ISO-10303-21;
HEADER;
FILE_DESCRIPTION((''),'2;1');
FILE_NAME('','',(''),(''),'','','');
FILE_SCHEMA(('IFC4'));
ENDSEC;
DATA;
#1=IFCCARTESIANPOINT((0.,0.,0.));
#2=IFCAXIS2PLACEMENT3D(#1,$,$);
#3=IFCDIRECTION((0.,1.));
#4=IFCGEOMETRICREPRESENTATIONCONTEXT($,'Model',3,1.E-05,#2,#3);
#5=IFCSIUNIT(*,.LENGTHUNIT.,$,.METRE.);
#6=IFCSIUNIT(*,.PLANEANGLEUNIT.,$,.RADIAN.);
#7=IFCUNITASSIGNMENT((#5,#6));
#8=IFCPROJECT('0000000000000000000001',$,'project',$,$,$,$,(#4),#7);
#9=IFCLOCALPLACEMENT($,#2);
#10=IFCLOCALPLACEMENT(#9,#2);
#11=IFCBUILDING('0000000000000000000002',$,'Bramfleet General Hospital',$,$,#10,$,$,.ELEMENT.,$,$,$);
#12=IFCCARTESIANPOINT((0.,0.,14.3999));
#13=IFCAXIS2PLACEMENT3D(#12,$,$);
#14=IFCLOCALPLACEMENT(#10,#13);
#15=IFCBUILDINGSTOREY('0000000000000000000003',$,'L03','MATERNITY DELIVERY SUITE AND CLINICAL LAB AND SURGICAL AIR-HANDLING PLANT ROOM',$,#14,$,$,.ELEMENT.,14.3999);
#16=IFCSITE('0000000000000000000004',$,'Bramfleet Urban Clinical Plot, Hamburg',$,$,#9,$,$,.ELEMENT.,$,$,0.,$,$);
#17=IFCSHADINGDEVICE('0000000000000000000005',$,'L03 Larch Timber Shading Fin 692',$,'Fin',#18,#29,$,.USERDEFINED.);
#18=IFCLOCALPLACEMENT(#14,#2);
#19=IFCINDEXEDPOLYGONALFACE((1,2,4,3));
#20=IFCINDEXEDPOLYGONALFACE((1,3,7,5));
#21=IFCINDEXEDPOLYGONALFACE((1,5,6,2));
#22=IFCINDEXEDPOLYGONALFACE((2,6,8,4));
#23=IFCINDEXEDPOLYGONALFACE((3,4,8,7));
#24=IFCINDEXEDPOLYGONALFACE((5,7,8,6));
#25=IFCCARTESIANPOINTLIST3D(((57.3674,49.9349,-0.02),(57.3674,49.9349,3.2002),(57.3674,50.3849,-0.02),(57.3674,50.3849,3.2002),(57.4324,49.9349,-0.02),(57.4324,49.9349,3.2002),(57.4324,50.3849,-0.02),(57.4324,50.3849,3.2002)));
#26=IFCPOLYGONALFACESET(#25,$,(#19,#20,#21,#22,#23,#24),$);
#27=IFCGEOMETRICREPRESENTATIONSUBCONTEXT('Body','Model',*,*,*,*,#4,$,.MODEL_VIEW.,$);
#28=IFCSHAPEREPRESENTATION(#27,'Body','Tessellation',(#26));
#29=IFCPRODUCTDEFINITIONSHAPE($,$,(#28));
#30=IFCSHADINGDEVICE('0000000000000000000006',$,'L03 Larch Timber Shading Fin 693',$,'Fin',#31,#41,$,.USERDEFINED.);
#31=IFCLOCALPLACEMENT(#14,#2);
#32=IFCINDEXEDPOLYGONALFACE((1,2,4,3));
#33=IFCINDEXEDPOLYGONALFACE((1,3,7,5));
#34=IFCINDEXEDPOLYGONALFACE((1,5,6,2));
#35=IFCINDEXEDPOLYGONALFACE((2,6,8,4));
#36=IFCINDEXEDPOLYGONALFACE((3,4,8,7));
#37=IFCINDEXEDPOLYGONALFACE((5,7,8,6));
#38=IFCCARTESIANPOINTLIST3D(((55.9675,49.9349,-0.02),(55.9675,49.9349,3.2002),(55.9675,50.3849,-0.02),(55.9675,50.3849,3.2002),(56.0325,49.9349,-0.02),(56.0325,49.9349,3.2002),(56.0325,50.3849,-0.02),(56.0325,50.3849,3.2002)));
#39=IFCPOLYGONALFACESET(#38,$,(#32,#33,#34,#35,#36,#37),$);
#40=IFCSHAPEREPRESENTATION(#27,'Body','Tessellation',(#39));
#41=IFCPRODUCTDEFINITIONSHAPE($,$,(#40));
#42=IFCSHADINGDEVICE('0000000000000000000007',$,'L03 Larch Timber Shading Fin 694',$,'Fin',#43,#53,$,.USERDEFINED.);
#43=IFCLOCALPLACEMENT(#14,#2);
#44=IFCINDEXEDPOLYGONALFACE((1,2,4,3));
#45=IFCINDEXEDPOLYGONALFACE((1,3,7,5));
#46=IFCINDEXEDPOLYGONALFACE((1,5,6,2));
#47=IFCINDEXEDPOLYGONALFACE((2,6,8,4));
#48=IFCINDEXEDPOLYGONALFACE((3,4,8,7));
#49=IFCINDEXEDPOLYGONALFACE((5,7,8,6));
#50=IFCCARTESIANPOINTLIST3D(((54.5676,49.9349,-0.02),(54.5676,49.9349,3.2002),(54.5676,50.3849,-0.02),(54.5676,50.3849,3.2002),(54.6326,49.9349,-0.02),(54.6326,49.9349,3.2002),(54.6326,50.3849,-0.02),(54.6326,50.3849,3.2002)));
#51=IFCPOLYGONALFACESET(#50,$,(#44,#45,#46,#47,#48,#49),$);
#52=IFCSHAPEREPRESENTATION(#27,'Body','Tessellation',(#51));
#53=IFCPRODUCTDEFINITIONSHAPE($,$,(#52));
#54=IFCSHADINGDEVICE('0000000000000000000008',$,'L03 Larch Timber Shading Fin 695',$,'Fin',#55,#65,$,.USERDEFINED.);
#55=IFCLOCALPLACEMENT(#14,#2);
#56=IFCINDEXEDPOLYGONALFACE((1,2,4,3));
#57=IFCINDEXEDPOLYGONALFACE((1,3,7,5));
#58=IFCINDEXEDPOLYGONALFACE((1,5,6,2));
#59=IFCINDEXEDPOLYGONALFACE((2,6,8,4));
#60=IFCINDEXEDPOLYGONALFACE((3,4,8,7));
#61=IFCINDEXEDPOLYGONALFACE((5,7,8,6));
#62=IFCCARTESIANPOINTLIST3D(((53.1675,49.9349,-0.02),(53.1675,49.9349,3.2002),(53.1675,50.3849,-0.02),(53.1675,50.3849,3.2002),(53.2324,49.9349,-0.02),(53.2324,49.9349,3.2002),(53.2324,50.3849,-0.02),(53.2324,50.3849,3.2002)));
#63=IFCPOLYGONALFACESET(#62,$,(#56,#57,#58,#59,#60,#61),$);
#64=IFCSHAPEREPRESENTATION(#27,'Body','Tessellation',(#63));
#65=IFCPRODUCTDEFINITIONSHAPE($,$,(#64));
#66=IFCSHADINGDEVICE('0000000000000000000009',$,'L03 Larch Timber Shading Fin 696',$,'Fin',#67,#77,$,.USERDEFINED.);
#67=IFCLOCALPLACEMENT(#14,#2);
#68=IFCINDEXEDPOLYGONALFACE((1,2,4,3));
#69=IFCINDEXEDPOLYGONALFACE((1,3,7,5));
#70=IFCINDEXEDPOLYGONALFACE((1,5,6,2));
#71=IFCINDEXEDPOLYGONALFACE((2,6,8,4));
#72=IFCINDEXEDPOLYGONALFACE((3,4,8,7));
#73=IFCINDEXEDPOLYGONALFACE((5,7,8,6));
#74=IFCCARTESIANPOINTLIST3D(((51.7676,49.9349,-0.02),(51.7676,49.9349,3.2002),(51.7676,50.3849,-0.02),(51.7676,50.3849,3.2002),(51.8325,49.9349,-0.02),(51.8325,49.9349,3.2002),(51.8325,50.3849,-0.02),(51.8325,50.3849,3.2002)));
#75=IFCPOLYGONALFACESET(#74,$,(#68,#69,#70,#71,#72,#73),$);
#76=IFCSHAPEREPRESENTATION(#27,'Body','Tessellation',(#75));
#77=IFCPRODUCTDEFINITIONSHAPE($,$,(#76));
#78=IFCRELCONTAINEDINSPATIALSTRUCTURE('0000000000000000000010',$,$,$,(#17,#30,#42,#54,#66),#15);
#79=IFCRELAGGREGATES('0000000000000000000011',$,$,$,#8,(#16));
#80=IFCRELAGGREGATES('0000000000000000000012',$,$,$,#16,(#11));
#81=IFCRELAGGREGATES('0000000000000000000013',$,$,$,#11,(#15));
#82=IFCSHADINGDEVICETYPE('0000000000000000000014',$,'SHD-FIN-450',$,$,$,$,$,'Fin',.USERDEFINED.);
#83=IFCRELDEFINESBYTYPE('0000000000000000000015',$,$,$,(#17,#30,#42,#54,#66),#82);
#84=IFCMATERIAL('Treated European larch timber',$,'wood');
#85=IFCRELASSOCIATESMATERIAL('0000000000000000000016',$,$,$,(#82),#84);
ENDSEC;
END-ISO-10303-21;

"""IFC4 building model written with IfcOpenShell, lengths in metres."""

from ifc_helpers import new_model, si_unit, direction, frame, origin, origin_2d, place, context, subcontext, project, spatial, rectangle, extrude, material, material_profile, profile_set, type_object, element, save


model = new_model("IFC4")

# Units and contexts
model_context = context("Model", 3, precision=1e-05, world=origin(), true_north=direction((0.0, 1.0)))
body_context = subcontext(model_context, "Body", "Model", "MODEL_VIEW")
ifc_project = project(units=[si_unit("LENGTHUNIT", "METRE"), si_unit("PLANEANGLEUNIT", "RADIAN")], contexts=[model_context])

# Site, building, storey
site_placement = place(None, origin())
site = spatial("IfcSite", under=ifc_project, at=site_placement, Name="Bramfleet Urban Clinical Plot, Hamburg", CompositionType="ELEMENT", RefElevation=0.0)
building_placement = place(site_placement, origin())
building = spatial("IfcBuilding", under=site, at=building_placement, Name="Bramfleet General Hospital", CompositionType="ELEMENT")
storey_placement = place(building_placement, frame((0.0, 0.0, 14.3999)))
storey = spatial("IfcBuildingStorey", under=building, at=storey_placement, Name="L03", Description="MATERNITY DELIVERY SUITE AND CLINICAL LAB AND SURGICAL AIR-HANDLING PLANT ROOM", CompositionType="ELEMENT", Elevation=14.3999)

# Shading devices
ifc_material_1 = material(Name="Treated European larch timber", Category="wood")
ifc_material_profile_1 = material_profile(ifc_material_1, rectangle(XDim=0.0649, YDim=0.45, at=origin_2d()), Name="LARCH FIN 450x65")
ifc_profile_set_1 = profile_set([ifc_material_profile_1], Name="Treated European larch timber")
shading_device_type = type_object("IfcShadingDeviceType", Name="SHD-FIN-450", ElementType="Fin", PredefinedType="USERDEFINED", material=ifc_profile_set_1)
for number, where, z_axis, x_axis, name in (
    (1, (57.3999, 50.1599, -0.02), (0.0, 0.0, 1.0), (-1.0, 0.0, 0.0), "L03 Larch Timber Shading Fin 692"),
    (2, (56.0, 50.1599, -0.02), (0.0, 0.0, 1.0), (-1.0, 0.0, 0.0), "L03 Larch Timber Shading Fin 693"),
    (3, (54.6001, 50.1599, -0.02), (0.0, 0.0, 1.0), (-1.0, 0.0, 0.0), "L03 Larch Timber Shading Fin 694"),
    (4, (53.2, 50.1599, -0.02), (0.0, 0.0, 1.0), (-1.0, 0.0, 0.0), "L03 Larch Timber Shading Fin 695"),
    (5, (51.8, 50.1599, -0.02), (0.0, 0.0, 1.0), (-1.0, 0.0, 0.0), "L03 Larch Timber Shading Fin 696"),
):
    element("IfcShadingDevice", number, at=place(storey_placement, frame(where, z_axis=z_axis, x_axis=x_axis)), inside=storey, type_object=shading_device_type, Name=name, ObjectType="Fin", PredefinedType="USERDEFINED", context=body_context, shape_type="SweptSolid", body=[
        extrude(rectangle(XDim=0.0649, YDim=0.45, at=origin_2d()), origin(), (0.0, 0.0, 1.0), 3.2202),
    ])

save(model, "model.ifc")
